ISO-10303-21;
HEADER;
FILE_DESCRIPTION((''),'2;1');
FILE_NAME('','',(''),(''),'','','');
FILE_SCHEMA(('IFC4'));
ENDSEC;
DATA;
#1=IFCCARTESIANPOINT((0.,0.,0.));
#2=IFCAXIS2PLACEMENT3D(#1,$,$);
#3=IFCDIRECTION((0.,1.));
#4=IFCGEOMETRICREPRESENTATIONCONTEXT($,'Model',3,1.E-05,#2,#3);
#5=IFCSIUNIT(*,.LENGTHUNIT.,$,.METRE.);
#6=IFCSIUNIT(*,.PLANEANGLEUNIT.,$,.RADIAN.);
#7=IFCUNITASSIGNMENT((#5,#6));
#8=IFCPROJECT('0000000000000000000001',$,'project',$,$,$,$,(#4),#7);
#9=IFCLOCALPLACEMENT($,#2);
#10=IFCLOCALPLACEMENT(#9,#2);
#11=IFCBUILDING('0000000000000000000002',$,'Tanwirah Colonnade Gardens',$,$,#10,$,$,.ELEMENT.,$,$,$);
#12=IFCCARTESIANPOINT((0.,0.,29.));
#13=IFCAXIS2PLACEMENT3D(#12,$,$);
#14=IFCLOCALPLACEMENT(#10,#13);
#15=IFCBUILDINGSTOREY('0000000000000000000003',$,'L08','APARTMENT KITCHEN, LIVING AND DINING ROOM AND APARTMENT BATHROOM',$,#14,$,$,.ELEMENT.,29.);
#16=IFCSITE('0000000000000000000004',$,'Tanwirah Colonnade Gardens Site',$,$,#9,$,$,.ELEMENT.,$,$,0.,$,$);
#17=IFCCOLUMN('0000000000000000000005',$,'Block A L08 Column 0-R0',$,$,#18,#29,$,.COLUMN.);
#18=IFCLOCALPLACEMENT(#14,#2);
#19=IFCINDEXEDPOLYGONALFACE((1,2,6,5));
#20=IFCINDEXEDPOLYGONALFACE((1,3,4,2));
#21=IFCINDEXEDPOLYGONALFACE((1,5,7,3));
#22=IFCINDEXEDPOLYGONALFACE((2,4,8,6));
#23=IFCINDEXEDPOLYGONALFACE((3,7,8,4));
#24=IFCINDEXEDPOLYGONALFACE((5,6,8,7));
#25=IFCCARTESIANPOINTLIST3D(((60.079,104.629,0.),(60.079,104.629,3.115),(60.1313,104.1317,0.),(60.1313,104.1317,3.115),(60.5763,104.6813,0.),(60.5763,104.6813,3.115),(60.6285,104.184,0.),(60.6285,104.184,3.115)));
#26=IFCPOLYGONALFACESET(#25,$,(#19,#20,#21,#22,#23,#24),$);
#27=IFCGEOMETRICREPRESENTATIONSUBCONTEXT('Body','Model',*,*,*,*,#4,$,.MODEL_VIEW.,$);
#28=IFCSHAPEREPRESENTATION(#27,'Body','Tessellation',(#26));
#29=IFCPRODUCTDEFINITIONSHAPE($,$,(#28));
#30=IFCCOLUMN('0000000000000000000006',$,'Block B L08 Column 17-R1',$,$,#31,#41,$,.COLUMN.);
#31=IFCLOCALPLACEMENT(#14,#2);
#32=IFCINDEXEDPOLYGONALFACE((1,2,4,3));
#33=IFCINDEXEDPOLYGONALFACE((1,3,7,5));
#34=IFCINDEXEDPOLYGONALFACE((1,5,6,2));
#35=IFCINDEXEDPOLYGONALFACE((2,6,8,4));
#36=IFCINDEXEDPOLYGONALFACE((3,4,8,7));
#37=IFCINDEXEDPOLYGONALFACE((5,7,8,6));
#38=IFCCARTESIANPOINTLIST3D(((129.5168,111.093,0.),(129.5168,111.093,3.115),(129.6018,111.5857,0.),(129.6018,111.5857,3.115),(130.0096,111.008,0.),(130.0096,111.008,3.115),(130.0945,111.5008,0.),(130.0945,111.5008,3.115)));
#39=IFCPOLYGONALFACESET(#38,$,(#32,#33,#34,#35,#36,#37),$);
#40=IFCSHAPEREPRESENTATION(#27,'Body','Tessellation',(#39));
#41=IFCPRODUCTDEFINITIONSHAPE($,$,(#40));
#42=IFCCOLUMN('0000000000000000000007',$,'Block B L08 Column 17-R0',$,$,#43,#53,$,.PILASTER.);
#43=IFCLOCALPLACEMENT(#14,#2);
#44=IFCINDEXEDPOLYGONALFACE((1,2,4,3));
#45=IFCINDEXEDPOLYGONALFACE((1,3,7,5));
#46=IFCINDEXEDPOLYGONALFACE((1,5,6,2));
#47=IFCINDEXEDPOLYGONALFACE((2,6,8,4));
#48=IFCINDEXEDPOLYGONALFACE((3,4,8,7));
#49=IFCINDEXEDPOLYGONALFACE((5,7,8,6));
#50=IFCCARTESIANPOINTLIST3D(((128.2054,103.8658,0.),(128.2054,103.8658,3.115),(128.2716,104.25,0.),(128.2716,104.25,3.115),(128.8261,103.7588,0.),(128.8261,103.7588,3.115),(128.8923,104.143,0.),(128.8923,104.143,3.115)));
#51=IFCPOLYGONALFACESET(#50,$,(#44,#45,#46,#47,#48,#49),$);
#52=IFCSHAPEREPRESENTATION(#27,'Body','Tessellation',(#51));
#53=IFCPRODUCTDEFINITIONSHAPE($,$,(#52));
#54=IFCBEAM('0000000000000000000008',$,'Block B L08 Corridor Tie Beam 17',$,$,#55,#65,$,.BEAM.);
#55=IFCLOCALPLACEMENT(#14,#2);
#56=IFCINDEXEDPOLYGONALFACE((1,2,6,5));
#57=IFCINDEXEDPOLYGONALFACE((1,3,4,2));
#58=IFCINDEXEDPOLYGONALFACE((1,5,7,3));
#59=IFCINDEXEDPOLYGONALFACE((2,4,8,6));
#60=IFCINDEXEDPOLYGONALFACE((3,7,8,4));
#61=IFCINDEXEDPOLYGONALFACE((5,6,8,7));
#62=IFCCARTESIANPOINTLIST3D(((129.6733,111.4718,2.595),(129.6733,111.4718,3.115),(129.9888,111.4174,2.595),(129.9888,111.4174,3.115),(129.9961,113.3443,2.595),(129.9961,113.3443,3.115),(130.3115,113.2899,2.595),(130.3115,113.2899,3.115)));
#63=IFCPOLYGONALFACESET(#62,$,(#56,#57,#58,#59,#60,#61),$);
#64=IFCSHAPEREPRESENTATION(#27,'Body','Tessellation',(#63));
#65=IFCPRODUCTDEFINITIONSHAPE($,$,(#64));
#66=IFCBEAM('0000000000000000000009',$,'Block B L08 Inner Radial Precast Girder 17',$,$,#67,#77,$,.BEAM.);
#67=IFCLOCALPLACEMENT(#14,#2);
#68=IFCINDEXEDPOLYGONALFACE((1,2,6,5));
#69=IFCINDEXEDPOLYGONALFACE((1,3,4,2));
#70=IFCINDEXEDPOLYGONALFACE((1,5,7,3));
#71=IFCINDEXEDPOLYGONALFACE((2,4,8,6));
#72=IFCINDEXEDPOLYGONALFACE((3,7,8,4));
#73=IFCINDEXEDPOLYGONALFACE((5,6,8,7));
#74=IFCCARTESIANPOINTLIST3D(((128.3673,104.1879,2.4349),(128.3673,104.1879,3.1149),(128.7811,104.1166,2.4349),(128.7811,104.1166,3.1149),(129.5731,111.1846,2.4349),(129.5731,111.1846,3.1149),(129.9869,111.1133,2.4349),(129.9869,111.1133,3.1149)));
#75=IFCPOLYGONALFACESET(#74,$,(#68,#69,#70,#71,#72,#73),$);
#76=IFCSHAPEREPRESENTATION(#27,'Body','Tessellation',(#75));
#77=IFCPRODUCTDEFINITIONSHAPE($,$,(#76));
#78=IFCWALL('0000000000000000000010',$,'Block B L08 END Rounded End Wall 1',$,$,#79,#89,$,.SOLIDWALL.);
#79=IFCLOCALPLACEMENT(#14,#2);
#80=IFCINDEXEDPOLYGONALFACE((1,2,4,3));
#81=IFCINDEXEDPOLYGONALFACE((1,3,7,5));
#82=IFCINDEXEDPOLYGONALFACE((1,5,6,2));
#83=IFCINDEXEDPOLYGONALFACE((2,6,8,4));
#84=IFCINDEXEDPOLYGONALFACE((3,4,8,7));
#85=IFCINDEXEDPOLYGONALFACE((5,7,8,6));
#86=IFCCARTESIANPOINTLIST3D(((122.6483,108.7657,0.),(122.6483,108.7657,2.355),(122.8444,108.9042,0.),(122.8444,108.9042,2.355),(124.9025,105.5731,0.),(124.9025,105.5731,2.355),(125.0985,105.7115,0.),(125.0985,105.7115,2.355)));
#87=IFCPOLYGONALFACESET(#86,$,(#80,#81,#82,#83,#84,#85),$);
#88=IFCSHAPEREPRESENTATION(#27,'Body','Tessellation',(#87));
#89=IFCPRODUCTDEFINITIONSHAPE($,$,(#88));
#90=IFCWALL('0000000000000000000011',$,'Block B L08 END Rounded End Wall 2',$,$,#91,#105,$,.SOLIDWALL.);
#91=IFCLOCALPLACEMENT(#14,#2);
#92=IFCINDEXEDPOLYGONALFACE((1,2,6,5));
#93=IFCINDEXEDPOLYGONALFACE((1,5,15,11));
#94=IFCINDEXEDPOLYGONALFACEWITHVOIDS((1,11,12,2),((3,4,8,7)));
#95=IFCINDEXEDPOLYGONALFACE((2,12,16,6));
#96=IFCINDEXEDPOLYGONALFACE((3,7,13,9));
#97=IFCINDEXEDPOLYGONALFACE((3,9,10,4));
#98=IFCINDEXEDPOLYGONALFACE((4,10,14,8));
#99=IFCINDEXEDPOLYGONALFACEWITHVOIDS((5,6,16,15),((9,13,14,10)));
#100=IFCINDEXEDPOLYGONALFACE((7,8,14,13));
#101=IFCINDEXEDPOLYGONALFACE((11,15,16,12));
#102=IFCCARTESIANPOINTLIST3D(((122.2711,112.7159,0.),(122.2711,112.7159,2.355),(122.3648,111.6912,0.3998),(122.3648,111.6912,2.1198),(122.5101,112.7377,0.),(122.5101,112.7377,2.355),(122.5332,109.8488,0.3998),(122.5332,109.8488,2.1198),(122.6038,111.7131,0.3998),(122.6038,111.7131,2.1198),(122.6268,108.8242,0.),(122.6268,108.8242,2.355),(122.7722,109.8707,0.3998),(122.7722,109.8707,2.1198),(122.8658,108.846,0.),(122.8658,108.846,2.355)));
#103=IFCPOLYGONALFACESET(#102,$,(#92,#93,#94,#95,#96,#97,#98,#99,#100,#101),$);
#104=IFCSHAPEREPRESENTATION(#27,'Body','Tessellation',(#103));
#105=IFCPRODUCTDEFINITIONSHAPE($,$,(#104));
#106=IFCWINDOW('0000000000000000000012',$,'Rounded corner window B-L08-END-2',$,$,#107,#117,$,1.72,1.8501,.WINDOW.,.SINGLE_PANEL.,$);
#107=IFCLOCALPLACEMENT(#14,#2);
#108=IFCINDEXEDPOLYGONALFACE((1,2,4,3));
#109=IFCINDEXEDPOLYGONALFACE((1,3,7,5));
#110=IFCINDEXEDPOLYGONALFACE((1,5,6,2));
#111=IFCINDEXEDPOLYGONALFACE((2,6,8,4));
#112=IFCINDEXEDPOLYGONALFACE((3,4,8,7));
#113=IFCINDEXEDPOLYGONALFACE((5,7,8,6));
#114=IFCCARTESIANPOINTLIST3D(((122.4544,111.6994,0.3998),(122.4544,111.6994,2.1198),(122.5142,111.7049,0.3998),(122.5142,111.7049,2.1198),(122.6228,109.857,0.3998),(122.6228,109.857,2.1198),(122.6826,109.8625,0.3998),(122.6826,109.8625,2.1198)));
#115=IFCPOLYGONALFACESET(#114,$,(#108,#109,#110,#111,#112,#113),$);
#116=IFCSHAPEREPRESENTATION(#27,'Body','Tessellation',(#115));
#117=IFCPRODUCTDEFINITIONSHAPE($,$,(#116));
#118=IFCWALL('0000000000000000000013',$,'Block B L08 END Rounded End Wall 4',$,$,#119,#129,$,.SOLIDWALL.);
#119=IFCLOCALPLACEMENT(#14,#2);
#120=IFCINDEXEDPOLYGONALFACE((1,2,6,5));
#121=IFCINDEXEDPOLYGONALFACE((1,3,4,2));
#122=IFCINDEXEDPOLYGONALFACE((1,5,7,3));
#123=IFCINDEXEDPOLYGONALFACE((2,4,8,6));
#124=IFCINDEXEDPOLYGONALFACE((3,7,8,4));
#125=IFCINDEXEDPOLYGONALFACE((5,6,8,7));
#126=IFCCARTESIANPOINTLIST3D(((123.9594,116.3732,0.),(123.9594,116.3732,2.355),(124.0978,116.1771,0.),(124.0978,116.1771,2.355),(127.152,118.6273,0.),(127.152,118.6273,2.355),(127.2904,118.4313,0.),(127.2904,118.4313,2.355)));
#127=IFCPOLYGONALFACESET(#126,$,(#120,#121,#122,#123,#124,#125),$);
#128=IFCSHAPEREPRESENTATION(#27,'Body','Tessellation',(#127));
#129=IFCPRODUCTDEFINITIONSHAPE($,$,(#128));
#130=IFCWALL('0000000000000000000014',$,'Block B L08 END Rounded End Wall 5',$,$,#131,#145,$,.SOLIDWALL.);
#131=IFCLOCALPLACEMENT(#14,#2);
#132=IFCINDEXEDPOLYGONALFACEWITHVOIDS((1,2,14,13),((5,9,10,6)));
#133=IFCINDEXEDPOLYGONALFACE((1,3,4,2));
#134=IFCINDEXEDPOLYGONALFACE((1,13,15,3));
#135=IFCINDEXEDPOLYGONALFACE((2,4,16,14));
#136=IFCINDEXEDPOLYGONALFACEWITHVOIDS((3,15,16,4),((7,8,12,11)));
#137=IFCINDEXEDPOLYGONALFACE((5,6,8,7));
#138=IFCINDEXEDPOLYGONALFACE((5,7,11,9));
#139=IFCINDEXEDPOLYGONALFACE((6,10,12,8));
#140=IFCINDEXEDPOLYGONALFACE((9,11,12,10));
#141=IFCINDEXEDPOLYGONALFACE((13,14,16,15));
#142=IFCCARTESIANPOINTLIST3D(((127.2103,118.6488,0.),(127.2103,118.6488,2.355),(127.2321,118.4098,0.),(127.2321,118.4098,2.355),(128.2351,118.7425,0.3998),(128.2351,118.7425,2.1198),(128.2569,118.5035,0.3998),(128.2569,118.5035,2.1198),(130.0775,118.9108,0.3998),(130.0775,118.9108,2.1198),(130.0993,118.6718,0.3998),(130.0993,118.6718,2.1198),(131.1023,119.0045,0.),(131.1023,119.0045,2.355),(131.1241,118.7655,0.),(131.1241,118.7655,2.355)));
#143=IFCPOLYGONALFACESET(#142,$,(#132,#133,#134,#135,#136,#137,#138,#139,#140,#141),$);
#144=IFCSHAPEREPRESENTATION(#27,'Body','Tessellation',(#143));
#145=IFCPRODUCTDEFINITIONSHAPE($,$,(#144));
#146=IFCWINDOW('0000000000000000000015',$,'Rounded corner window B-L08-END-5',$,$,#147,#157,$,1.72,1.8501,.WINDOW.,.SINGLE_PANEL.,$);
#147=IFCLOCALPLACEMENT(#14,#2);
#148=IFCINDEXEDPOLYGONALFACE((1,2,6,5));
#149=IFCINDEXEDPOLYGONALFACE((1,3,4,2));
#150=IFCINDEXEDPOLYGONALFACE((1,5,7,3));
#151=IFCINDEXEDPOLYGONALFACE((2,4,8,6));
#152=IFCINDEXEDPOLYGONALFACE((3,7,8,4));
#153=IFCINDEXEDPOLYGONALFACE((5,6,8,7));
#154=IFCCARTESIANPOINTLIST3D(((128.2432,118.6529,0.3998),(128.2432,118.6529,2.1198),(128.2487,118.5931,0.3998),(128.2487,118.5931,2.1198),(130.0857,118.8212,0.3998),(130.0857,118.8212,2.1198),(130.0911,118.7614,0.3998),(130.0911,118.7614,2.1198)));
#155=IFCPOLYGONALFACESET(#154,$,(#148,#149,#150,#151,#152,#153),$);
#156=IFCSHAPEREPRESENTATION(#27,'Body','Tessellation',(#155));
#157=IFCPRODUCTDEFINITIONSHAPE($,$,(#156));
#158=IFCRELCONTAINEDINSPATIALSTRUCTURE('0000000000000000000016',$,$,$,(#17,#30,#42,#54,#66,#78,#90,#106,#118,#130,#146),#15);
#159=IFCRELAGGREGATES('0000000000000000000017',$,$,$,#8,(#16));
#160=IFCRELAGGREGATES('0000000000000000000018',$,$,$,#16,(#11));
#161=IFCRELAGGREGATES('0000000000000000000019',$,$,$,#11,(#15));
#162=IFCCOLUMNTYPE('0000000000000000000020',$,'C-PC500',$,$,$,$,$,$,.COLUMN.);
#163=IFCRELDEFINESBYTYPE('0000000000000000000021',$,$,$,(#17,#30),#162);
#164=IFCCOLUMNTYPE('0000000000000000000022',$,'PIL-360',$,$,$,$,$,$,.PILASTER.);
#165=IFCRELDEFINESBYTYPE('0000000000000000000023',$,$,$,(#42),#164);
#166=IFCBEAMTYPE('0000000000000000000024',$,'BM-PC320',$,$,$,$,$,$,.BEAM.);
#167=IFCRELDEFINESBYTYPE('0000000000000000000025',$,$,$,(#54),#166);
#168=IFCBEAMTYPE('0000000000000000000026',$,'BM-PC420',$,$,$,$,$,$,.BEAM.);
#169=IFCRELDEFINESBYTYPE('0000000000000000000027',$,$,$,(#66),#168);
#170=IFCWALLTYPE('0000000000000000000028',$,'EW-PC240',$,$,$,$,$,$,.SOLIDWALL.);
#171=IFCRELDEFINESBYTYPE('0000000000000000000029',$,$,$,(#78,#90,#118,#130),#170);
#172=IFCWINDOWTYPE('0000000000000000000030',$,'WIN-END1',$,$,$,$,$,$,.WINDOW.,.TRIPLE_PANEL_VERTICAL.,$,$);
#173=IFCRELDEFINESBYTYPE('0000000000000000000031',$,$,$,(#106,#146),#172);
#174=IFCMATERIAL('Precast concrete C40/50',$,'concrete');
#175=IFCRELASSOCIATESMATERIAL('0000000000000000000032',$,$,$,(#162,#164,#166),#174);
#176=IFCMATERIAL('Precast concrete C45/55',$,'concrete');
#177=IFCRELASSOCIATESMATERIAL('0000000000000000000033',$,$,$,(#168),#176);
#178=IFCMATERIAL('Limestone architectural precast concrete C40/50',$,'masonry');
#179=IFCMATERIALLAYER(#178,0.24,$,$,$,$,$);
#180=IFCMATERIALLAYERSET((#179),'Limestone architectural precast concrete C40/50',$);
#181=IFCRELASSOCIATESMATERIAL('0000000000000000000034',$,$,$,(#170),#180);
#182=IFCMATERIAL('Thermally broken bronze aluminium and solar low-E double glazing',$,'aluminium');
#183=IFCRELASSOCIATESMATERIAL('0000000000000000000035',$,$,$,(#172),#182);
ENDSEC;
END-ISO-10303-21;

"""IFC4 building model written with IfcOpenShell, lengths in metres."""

from ifc_helpers import new_model, si_unit, direction, frame, frame_2d, origin, origin_2d, place, context, subcontext, project, spatial, rectangle, extrude, material, layer, layer_set, material_profile, profile_set, type_object, element, fill, save


model = new_model("IFC4")

# Units and contexts
model_context = context("Model", 3, precision=1e-05, world=origin(), true_north=direction((0.0, 1.0)))
body_context = subcontext(model_context, "Body", "Model", "MODEL_VIEW")
ifc_project = project(units=[si_unit("LENGTHUNIT", "METRE"), si_unit("PLANEANGLEUNIT", "RADIAN")], contexts=[model_context])

# Site, building, storey
site_placement = place(None, origin())
site = spatial("IfcSite", under=ifc_project, at=site_placement, Name="Tanwirah Colonnade Gardens Site", CompositionType="ELEMENT", RefElevation=0.0)
building_placement = place(site_placement, origin())
building = spatial("IfcBuilding", under=site, at=building_placement, Name="Tanwirah Colonnade Gardens", CompositionType="ELEMENT")
storey_placement = place(building_placement, frame((0.0, 0.0, 29.0)))
storey = spatial("IfcBuildingStorey", under=building, at=storey_placement, Name="L08", Description="APARTMENT KITCHEN, LIVING AND DINING ROOM AND APARTMENT BATHROOM", CompositionType="ELEMENT", Elevation=29.0)

# Columns
ifc_material_1 = material(Name="Precast concrete C40/50", Category="concrete")
ifc_material_profile_1 = material_profile(ifc_material_1, rectangle(XDim=0.5, YDim=0.5, at=origin_2d()), Name="PC-COL 500x500")
ifc_profile_set_1 = profile_set([ifc_material_profile_1], Name="Precast concrete C40/50")
column_type_1 = type_object("IfcColumnType", Name="C-PC500", PredefinedType="COLUMN", material=ifc_profile_set_1)
for number, where, z_axis, x_axis, name in (
    (1, (60.3538, 104.4065, 0.0), (0.0, 0.0, 1.0), (-0.104528, 0.994522, 0.0), "Block A L08 Column 0-R0"),
    (2, (129.8057, 111.2969, 0.0), (0.0, 0.0, 1.0), (0.169827, 0.985474, 0.0), "Block B L08 Column 17-R1"),
):
    element("IfcColumn", number, at=place(storey_placement, frame(where, z_axis=z_axis, x_axis=x_axis)), inside=storey, type_object=column_type_1, Name=name, PredefinedType="COLUMN", context=body_context, shape_type="SweptSolid", body=[
        extrude(rectangle(XDim=0.5, YDim=0.5, at=origin_2d()), origin(), (0.0, 0.0, 1.0), 3.115),
    ])
ifc_material_profile_2 = material_profile(ifc_material_1, rectangle(XDim=0.3899, YDim=0.6299, at=origin_2d()), Name="PC-PIL 390x630")
ifc_profile_set_2 = profile_set([ifc_material_profile_2], Name="Precast concrete C40/50")
column_type_2 = type_object("IfcColumnType", Name="PIL-360", PredefinedType="PILASTER", material=ifc_profile_set_2)
column_placement = place(storey_placement, frame((128.5488, 104.0044, 0.0), z_axis=(0.0, 0.0, 1.0), x_axis=(0.169827, 0.985474, 0.0)))
element("IfcColumn", 3, at=column_placement, inside=storey, type_object=column_type_2, Name="Block B L08 Column 17-R0", PredefinedType="PILASTER", context=body_context, shape_type="SweptSolid", body=[
    extrude(rectangle(XDim=0.3899, YDim=0.6299, at=origin_2d()), origin(), (0.0, 0.0, 1.0), 3.115),
])

# Beams
ifc_material_profile_3 = material_profile(ifc_material_1, rectangle(XDim=0.3201, YDim=0.52, at=origin_2d()), Name="PC-BM 320x520")
ifc_profile_set_3 = profile_set([ifc_material_profile_3], Name="Precast concrete C40/50")
beam_type_1 = type_object("IfcBeamType", Name="BM-PC320", PredefinedType="BEAM", material=ifc_profile_set_3)
beam_1_placement = place(storey_placement, frame((129.8311, 111.4446, 2.855), z_axis=(0.169855, 0.985469, 0.0), x_axis=(-0.985469, 0.169855, 0.0)))
element("IfcBeam", 4, at=beam_1_placement, inside=storey, type_object=beam_type_1, Name="Block B L08 Corridor Tie Beam 17", PredefinedType="BEAM", context=body_context, shape_type="SweptSolid", body=[
    extrude(rectangle(XDim=0.3201, YDim=0.52, at=origin_2d()), origin(), (0.0, 0.0, 1.0), 1.9001),
])
ifc_material_2 = material(Name="Precast concrete C45/55", Category="concrete")
ifc_material_profile_4 = material_profile(ifc_material_2, rectangle(XDim=0.4199, YDim=0.6799, at=origin_2d()), Name="PC-BM 420x680")
ifc_profile_set_4 = profile_set([ifc_material_profile_4], Name="Precast concrete C45/55")
beam_type_2 = type_object("IfcBeamType", Name="BM-PC420", PredefinedType="BEAM", material=ifc_profile_set_4)
beam_2_placement = place(storey_placement, frame((129.78, 111.1489, 2.7749), z_axis=(-0.169833, -0.985473, 0.0), x_axis=(0.985473, -0.169833, 0.0)))
element("IfcBeam", 5, at=beam_2_placement, inside=storey, type_object=beam_type_2, Name="Block B L08 Inner Radial Precast Girder 17", PredefinedType="BEAM", context=body_context, shape_type="SweptSolid", body=[
    extrude(rectangle(XDim=0.4199, YDim=0.6799, at=origin_2d()), origin(), (0.0, 0.0, 1.0), 7.0999),
])

# Wall
ifc_material_3 = material(Name="Limestone architectural precast concrete C40/50", Category="masonry")
ifc_layer_1 = layer(ifc_material_3, 0.24)
ifc_layer_set_1 = layer_set([ifc_layer_1], Name="Limestone architectural precast concrete C40/50")
wall_type_1 = type_object("IfcWallType", Name="EW-PC240", PredefinedType="SOLIDWALL", material=ifc_layer_set_1)
wall_1_placement = place(storey_placement, frame((125.0005, 105.6423, 0.0), z_axis=(0.0, 0.0, 1.0), x_axis=(-0.576774, 0.816904, 0.0)))
element("IfcWall", 6, at=wall_1_placement, inside=storey, type_object=wall_type_1, Name="Block B L08 END Rounded End Wall 1", PredefinedType="SOLIDWALL", context=body_context, shape_type="SweptSolid", body=[
    extrude(rectangle(XDim=3.9082, YDim=0.24, at=frame_2d((1.9541, 0.0))), origin(), (0.0, 0.0, 1.0), 2.355),
])

# Wall, opening, window
wall_2_placement = place(storey_placement, frame((122.7463, 108.835, 0.0), z_axis=(0.0, 0.0, 1.0), x_axis=(-0.09102, 0.995849, 0.0)))
wall_2 = element("IfcWall", 7, at=wall_2_placement, inside=storey, type_object=wall_type_1, Name="Block B L08 END Rounded End Wall 2", PredefinedType="SOLIDWALL", context=body_context, shape_type="SweptSolid", body=[
    extrude(rectangle(XDim=3.908, YDim=0.24, at=frame_2d((1.9541, 0.0))), origin(), (0.0, 0.0, 1.0), 2.355),
])
opening_1_placement = place(wall_2_placement, frame((1.0291, 0.0, 0.3999)))
opening_1 = element("IfcOpeningElement", 8, at=opening_1_placement, cuts=wall_2, PredefinedType="OPENING", context=body_context, shape_type="SweptSolid", body=[
    extrude(rectangle(XDim=1.8501, YDim=1.72, at=frame_2d((0.925, 0.8599))), frame((0.0, 0.1299, 0.0), z_axis=(0.0, -1.0, 0.0), x_axis=(1.0, 0.0, 0.0)), (0.0, 0.0, 1.0), 0.26),
])
ifc_material_4 = material(Name="Thermally broken bronze aluminium and solar low-E double glazing", Category="aluminium")
window_type_1 = type_object("IfcWindowType", Name="WIN-END1", PartitioningType="TRIPLE_PANEL_VERTICAL", PredefinedType="WINDOW", material=ifc_material_4)
window_1_placement = place(opening_1_placement, origin())
window_1 = element("IfcWindow", 9, at=window_1_placement, inside=storey, type_object=window_type_1, Name="Rounded corner window B-L08-END-2", OverallHeight=1.72, OverallWidth=1.8501, PartitioningType="SINGLE_PANEL", PredefinedType="WINDOW", context=body_context, shape_type="SweptSolid", body=[
    extrude(rectangle(XDim=1.8501, YDim=1.72, at=frame_2d((0.925, 0.8599))), frame((0.0, 0.03, 0.0), z_axis=(0.0, -1.0, 0.0), x_axis=(1.0, 0.0, 0.0)), (0.0, 0.0, 1.0), 0.0601),
])
fill(opening_1, window_1)

# Wall
wall_3_placement = place(storey_placement, frame((124.0286, 116.2751, 0.0), z_axis=(0.0, 0.0, 1.0), x_axis=(0.816904, 0.576774, 0.0)))
element("IfcWall", 10, at=wall_3_placement, inside=storey, type_object=wall_type_1, Name="Block B L08 END Rounded End Wall 4", PredefinedType="SOLIDWALL", context=body_context, shape_type="SweptSolid", body=[
    extrude(rectangle(XDim=3.9082, YDim=0.24, at=frame_2d((1.9541, 0.0))), origin(), (0.0, 0.0, 1.0), 2.355),
])

# Wall, opening, window
wall_4_placement = place(storey_placement, frame((127.2212, 118.5293, 0.0), z_axis=(0.0, 0.0, 1.0), x_axis=(0.99585, 0.091014, 0.0)))
wall_4 = element("IfcWall", 11, at=wall_4_placement, inside=storey, type_object=wall_type_1, Name="Block B L08 END Rounded End Wall 5", PredefinedType="SOLIDWALL", context=body_context, shape_type="SweptSolid", body=[
    extrude(rectangle(XDim=3.9082, YDim=0.24, at=frame_2d((1.9541, 0.0))), origin(), (0.0, 0.0, 1.0), 2.355),
])
opening_2_placement = place(wall_4_placement, frame((1.0291, 0.0, 0.3999)))
opening_2 = element("IfcOpeningElement", 12, at=opening_2_placement, cuts=wall_4, PredefinedType="OPENING", context=body_context, shape_type="SweptSolid", body=[
    extrude(rectangle(XDim=1.8501, YDim=1.72, at=frame_2d((0.925, 0.8599))), frame((0.0, 0.1299, 0.0), z_axis=(0.0, -1.0, 0.0), x_axis=(1.0, 0.0, 0.0)), (0.0, 0.0, 1.0), 0.26),
])
window_2_placement = place(opening_2_placement, origin())
window_2 = element("IfcWindow", 13, at=window_2_placement, inside=storey, type_object=window_type_1, Name="Rounded corner window B-L08-END-5", OverallHeight=1.72, OverallWidth=1.8501, PartitioningType="SINGLE_PANEL", PredefinedType="WINDOW", context=body_context, shape_type="SweptSolid", body=[
    extrude(rectangle(XDim=1.8501, YDim=1.72, at=frame_2d((0.925, 0.8599))), frame((0.0, 0.03, 0.0), z_axis=(0.0, -1.0, 0.0), x_axis=(1.0, 0.0, 0.0)), (0.0, 0.0, 1.0), 0.0601),
])
fill(opening_2, window_2)

save(model, "model.ifc")
